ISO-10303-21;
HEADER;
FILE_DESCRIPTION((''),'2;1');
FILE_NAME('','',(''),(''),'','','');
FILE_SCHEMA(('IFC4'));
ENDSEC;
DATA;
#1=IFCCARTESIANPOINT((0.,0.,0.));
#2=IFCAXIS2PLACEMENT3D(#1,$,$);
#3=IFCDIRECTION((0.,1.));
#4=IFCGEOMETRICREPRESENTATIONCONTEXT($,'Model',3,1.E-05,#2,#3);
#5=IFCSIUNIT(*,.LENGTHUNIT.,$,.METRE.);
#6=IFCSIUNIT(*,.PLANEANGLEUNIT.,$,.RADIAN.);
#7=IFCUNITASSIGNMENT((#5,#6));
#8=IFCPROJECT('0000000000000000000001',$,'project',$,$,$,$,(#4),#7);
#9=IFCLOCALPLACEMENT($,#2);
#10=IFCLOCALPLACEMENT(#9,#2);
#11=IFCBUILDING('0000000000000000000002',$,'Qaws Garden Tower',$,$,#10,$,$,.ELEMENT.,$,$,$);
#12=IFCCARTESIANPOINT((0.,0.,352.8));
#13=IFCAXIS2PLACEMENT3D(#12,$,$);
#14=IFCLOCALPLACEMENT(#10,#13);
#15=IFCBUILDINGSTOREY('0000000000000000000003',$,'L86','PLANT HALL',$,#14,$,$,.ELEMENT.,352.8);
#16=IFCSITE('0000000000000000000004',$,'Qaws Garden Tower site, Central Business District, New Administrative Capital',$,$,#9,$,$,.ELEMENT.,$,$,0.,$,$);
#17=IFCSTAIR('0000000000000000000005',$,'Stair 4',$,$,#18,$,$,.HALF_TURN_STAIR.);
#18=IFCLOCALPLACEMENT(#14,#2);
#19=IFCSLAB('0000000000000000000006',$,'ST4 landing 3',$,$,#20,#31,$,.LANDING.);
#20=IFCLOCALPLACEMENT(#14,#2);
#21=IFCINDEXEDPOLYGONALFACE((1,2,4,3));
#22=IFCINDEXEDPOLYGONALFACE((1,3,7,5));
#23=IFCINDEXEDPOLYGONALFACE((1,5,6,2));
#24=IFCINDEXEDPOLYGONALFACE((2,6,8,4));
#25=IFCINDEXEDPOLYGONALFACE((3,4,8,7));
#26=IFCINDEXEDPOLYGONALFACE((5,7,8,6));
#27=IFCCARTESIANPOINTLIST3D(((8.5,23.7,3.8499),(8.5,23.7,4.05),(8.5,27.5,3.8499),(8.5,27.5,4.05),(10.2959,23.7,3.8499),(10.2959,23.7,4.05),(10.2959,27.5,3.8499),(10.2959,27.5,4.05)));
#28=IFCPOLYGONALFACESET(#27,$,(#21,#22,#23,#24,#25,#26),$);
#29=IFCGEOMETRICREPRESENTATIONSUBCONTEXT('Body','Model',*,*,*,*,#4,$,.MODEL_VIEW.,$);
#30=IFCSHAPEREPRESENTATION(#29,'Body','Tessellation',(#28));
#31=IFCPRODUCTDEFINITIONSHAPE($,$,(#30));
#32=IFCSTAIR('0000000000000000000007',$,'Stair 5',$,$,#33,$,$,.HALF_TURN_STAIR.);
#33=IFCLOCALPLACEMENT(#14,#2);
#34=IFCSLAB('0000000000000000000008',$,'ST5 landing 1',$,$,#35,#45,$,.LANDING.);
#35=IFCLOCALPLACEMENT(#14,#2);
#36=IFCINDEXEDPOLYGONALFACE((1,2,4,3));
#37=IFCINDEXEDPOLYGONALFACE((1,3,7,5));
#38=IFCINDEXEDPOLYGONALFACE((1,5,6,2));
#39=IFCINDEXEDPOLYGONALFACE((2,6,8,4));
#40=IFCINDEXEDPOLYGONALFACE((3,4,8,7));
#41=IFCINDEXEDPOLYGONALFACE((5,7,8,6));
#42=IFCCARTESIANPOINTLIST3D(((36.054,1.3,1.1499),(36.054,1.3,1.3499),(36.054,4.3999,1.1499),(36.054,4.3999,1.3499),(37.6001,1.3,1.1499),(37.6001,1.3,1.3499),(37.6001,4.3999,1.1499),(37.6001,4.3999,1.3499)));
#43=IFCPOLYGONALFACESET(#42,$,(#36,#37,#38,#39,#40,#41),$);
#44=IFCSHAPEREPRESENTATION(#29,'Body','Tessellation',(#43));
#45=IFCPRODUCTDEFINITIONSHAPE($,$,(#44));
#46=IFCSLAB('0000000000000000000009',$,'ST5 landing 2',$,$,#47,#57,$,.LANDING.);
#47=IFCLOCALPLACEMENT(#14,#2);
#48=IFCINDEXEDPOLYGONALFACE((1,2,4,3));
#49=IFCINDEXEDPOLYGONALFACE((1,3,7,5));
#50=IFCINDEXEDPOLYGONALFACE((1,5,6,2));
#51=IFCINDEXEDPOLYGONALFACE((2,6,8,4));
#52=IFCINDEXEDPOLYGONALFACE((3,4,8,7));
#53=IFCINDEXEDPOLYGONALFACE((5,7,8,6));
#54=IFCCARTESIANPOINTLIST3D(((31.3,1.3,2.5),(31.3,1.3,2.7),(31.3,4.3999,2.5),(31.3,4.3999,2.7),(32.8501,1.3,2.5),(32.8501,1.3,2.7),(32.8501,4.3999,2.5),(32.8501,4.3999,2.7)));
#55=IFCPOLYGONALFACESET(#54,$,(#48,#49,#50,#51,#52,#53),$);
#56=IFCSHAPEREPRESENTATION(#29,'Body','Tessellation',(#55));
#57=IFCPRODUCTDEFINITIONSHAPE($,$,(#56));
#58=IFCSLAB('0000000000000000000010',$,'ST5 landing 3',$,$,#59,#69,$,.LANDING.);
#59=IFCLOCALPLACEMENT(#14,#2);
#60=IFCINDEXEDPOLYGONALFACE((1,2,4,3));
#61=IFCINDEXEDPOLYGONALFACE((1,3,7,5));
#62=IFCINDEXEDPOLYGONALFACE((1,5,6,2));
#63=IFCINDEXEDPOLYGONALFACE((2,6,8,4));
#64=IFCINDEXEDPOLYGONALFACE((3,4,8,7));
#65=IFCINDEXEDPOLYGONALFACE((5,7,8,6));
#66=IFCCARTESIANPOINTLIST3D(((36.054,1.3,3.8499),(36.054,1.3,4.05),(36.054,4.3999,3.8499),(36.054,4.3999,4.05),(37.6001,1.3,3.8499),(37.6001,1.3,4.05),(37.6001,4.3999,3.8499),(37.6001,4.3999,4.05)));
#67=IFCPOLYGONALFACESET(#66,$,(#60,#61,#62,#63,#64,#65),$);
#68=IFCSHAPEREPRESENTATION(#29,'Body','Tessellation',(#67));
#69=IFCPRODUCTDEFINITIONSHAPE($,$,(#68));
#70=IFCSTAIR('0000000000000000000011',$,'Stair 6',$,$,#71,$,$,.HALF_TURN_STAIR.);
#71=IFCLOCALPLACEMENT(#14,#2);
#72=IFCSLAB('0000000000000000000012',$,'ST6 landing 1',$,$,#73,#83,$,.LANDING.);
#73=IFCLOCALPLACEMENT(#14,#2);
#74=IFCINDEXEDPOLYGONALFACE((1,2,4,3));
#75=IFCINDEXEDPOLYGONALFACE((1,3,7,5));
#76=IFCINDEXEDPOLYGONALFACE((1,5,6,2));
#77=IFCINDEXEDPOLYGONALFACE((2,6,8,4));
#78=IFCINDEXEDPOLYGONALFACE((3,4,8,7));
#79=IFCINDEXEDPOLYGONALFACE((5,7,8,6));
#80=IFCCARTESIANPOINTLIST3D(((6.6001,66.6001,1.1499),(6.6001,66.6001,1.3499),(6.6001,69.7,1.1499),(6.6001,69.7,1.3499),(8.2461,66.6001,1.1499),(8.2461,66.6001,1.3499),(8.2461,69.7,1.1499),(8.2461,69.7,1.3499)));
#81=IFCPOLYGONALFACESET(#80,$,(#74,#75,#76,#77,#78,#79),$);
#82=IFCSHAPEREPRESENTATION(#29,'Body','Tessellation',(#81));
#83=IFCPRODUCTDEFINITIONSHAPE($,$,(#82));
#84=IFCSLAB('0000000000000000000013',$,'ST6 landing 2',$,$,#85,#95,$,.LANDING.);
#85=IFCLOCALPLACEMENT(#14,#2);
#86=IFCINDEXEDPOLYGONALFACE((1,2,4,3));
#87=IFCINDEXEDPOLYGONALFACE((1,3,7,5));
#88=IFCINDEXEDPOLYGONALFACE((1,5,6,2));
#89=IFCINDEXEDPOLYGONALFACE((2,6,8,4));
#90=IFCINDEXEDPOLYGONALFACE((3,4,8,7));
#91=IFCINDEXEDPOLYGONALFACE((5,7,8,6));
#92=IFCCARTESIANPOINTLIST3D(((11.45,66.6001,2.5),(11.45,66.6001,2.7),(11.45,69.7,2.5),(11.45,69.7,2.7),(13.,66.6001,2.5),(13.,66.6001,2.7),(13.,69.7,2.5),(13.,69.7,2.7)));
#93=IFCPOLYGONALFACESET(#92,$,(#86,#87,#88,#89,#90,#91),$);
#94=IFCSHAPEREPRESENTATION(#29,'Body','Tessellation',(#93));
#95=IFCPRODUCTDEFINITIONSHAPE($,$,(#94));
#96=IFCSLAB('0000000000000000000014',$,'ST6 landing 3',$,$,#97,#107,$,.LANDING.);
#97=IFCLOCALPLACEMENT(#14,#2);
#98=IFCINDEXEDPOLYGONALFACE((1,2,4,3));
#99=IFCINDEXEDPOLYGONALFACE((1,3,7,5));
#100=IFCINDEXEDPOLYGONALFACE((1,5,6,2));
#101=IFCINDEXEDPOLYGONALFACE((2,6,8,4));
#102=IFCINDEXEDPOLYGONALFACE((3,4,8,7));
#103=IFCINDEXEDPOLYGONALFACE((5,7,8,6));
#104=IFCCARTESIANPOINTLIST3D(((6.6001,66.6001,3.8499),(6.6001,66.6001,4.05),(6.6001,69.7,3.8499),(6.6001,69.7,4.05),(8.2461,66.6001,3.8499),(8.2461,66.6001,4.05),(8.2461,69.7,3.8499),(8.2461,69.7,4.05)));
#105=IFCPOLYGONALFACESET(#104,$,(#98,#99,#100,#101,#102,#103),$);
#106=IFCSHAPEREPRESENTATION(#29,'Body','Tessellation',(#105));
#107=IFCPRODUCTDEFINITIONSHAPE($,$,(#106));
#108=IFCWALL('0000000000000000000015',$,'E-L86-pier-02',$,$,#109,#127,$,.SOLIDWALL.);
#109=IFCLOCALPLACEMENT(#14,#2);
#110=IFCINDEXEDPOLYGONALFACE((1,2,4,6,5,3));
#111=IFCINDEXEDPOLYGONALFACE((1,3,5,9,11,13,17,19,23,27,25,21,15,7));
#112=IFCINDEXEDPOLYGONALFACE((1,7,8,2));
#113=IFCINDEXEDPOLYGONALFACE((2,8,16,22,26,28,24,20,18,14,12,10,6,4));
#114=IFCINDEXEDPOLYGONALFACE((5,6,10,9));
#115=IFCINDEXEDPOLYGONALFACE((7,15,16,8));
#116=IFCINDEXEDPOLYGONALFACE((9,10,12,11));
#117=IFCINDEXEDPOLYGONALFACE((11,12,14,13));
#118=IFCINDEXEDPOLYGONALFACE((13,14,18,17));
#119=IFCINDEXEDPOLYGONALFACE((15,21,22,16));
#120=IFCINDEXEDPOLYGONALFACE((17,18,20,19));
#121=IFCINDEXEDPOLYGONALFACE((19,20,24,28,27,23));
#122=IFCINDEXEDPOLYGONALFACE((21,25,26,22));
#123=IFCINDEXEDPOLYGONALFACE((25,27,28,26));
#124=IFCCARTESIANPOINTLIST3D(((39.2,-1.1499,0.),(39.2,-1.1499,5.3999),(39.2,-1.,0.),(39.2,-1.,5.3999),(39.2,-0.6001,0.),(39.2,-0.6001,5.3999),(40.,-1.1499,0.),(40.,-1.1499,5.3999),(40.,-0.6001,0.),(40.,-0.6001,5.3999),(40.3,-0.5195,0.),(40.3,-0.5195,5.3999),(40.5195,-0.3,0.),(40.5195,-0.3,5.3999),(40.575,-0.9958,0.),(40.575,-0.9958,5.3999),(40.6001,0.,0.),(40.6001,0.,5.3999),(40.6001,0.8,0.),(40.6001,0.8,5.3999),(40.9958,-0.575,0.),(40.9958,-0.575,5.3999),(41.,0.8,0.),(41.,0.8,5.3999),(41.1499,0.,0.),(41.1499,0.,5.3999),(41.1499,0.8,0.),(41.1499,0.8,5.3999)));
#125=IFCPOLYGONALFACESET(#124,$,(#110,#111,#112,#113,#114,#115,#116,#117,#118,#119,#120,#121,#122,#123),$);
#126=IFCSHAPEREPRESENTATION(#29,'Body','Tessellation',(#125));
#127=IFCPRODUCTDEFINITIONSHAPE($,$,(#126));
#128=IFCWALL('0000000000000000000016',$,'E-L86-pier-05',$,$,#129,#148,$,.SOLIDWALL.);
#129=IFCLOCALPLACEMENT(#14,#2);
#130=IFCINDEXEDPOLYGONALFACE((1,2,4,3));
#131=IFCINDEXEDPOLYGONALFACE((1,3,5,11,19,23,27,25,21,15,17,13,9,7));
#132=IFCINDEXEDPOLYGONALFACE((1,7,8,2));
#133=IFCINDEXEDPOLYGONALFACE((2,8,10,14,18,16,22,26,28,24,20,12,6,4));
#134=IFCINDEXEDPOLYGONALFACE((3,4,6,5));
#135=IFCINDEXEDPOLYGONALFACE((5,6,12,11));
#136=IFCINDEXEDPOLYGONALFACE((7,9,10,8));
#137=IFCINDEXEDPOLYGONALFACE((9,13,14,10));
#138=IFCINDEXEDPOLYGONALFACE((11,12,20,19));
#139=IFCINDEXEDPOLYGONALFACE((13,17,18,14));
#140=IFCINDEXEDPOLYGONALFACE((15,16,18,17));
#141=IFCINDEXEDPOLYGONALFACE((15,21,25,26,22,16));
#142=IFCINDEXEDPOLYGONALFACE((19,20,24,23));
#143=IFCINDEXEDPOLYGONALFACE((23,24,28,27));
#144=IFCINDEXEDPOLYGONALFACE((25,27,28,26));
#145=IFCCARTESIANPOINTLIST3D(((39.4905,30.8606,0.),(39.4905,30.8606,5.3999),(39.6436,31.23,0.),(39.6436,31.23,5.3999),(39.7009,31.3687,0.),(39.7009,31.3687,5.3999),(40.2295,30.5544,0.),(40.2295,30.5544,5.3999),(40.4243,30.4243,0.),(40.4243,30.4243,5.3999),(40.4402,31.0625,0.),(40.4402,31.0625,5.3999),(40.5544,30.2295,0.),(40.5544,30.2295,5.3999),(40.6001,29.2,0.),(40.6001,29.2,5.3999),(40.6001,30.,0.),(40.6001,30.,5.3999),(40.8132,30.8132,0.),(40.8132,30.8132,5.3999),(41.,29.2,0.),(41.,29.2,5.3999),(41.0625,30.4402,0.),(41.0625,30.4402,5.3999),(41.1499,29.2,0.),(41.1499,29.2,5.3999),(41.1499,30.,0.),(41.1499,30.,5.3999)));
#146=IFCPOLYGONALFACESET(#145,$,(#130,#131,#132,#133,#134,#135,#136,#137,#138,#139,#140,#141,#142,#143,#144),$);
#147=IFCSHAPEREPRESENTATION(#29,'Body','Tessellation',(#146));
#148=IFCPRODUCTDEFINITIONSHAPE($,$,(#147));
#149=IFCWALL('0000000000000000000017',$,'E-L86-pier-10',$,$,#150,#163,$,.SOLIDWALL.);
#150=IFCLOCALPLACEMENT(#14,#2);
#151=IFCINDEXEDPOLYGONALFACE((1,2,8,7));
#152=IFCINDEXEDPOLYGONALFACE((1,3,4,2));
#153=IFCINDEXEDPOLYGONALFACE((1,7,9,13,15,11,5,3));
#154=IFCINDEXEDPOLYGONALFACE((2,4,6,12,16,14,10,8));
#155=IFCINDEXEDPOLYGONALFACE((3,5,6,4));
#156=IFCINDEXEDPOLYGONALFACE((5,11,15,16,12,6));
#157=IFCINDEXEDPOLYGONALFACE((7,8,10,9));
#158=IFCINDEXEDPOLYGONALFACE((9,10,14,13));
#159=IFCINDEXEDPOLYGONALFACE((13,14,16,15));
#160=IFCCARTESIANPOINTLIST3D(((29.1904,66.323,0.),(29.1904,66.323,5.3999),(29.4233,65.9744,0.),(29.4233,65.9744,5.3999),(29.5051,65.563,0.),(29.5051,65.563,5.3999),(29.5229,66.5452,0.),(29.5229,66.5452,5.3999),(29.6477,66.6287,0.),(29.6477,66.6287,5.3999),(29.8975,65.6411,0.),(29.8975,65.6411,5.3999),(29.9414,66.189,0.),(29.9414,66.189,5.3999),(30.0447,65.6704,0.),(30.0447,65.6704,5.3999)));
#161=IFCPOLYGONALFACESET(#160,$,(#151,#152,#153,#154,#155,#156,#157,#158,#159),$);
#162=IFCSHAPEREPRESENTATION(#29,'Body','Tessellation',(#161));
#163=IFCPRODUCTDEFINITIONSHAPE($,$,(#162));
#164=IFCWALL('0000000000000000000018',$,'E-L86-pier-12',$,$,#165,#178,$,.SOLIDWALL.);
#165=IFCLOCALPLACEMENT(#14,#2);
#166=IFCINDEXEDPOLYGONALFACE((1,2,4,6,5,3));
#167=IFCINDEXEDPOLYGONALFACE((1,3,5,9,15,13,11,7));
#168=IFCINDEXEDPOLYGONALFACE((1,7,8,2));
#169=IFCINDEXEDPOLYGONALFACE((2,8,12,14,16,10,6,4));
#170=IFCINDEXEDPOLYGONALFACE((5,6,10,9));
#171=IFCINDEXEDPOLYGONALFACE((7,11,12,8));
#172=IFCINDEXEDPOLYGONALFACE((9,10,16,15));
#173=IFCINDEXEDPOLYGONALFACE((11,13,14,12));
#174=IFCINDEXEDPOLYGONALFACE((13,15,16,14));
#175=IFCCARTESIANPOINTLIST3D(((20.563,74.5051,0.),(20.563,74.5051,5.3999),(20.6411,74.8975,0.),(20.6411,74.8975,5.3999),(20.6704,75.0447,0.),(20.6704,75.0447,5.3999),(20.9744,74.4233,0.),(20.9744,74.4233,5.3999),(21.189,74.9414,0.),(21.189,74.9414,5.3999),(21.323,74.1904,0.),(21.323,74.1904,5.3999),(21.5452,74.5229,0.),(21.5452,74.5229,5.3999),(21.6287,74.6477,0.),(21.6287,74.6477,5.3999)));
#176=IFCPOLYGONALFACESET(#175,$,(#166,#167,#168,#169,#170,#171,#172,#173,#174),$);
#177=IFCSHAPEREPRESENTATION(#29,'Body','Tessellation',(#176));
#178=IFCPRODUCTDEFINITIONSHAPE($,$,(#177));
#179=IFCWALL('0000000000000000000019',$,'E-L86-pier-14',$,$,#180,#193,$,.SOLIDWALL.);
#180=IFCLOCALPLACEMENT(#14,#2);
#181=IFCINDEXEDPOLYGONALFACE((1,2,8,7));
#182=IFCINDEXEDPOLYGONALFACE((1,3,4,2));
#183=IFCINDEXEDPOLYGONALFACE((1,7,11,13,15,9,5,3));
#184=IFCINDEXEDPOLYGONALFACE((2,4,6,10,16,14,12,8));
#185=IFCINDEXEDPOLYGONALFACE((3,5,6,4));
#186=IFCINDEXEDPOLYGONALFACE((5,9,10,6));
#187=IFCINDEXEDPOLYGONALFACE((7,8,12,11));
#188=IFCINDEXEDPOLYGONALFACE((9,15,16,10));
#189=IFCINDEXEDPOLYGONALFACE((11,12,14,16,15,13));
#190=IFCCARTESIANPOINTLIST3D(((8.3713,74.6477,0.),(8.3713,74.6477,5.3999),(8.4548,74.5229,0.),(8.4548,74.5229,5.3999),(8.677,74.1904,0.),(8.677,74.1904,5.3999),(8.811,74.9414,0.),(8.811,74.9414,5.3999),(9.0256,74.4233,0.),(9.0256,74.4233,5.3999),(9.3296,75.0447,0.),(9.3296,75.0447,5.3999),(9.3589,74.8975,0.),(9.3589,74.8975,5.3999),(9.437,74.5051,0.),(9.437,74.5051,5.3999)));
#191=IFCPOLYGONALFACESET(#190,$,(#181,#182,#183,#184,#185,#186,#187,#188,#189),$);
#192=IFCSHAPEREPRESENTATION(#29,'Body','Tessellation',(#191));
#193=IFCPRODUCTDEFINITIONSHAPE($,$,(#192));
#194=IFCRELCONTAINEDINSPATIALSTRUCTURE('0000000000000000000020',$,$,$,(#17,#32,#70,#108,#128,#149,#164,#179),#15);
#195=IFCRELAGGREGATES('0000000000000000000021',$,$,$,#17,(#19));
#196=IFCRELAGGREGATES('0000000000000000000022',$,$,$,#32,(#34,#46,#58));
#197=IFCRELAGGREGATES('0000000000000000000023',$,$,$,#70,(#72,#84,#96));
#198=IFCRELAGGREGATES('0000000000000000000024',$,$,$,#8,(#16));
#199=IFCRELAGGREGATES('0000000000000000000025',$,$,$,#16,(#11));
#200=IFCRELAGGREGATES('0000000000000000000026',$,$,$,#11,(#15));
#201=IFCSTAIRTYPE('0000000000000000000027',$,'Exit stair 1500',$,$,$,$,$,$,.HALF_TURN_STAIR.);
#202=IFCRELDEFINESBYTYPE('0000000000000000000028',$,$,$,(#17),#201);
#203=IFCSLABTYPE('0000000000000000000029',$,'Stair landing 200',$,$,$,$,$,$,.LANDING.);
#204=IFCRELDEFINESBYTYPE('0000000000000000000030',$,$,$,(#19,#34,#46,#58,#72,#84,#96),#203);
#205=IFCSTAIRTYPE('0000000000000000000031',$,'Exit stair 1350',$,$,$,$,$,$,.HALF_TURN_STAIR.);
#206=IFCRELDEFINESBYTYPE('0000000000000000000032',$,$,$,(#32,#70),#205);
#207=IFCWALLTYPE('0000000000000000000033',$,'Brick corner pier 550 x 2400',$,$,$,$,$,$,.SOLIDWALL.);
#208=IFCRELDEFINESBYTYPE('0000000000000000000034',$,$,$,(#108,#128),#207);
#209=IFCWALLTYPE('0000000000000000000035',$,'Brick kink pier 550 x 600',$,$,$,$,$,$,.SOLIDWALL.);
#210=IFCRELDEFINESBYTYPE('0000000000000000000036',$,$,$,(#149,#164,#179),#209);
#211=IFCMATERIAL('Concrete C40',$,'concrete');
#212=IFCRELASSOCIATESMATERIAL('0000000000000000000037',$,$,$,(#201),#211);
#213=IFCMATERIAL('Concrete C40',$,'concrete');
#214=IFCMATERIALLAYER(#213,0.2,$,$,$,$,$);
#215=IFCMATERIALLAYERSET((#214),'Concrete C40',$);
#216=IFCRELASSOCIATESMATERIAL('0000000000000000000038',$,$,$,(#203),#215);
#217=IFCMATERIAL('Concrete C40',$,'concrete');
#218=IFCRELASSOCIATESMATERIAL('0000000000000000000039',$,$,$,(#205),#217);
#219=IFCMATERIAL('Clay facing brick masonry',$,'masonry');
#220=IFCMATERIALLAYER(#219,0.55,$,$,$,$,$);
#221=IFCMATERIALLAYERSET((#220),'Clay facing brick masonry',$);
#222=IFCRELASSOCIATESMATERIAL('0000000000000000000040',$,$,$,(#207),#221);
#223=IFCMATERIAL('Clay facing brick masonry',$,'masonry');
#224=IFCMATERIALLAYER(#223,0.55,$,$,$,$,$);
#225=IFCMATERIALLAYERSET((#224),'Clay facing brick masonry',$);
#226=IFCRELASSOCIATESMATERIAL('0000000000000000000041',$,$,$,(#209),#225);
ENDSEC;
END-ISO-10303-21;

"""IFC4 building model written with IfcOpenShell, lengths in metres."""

from ifc_helpers import new_model, si_unit, direction, frame, origin, place, context, subcontext, project, spatial, polyline, outline, extrude, material, layer, layer_set, type_object, element, aggregate, save


model = new_model("IFC4")

# Units and contexts
model_context = context("Model", 3, precision=1e-05, world=origin(), true_north=direction((0.0, 1.0)))
body_context = subcontext(model_context, "Body", "Model", "MODEL_VIEW")
ifc_project = project(units=[si_unit("LENGTHUNIT", "METRE"), si_unit("PLANEANGLEUNIT", "RADIAN")], contexts=[model_context])

# Site, building, storey
site_placement = place(None, origin())
site = spatial("IfcSite", under=ifc_project, at=site_placement, Name="Qaws Garden Tower site, Central Business District, New Administrative Capital", CompositionType="ELEMENT", RefElevation=0.0)
building_placement = place(site_placement, origin())
building = spatial("IfcBuilding", under=site, at=building_placement, Name="Qaws Garden Tower", CompositionType="ELEMENT")
storey_placement = place(building_placement, frame((0.0, 0.0, 352.8)))
storey = spatial("IfcBuildingStorey", under=building, at=storey_placement, Name="L86", Description="PLANT HALL", CompositionType="ELEMENT", Elevation=352.8)

# Stairs, slabs
ifc_material_1 = material(Name="Concrete C40", Category="concrete")
stair_type_1 = type_object("IfcStairType", Name="Exit stair 1500", PredefinedType="HALF_TURN_STAIR", material=ifc_material_1)
placement_1 = place(storey_placement, origin())
ifc_material_2 = material(Name="Concrete C40", Category="concrete")
ifc_layer_1 = layer(ifc_material_2, 0.2)
ifc_layer_set_1 = layer_set([ifc_layer_1], Name="Concrete C40")
slab_type_1 = type_object("IfcSlabType", Name="Stair landing 200", PredefinedType="LANDING", material=ifc_layer_set_1)
placement_2 = place(storey_placement, frame((0.0, 0.0, 1.1499)))
placement_3 = place(storey_placement, frame((0.0, 0.0, 2.5)))
placement_4 = place(storey_placement, frame((0.0, 0.0, 3.8499)))
stair_1 = element("IfcStair", 1, at=placement_1, inside=storey, type_object=stair_type_1, Name="Stair 4", PredefinedType="HALF_TURN_STAIR")
slab_1 = element("IfcSlab", 2, at=placement_4, type_object=slab_type_1, Name="ST4 landing 3", PredefinedType="LANDING", context=body_context, shape_type="SweptSolid", body=[
    extrude(outline(polyline([(8.5, 23.7), (10.2959, 23.7), (10.2959, 27.5), (8.5, 27.5), (8.5, 23.7)])), origin(), (0.0, 0.0, 1.0), 0.2002),
])
aggregate(stair_1, [slab_1])
ifc_material_3 = material(Name="Concrete C40", Category="concrete")
stair_type_2 = type_object("IfcStairType", Name="Exit stair 1350", PredefinedType="HALF_TURN_STAIR", material=ifc_material_3)
stair_2 = element("IfcStair", 3, at=placement_1, inside=storey, type_object=stair_type_2, Name="Stair 5", PredefinedType="HALF_TURN_STAIR")
slab_2 = element("IfcSlab", 4, at=placement_2, type_object=slab_type_1, Name="ST5 landing 1", PredefinedType="LANDING", context=body_context, shape_type="SweptSolid", body=[
    extrude(outline(polyline([(36.054, 1.3), (37.6001, 1.3), (37.6001, 4.3999), (36.054, 4.3999), (36.054, 1.3)])), origin(), (0.0, 0.0, 1.0), 0.2),
])
slab_3 = element("IfcSlab", 5, at=placement_3, type_object=slab_type_1, Name="ST5 landing 2", PredefinedType="LANDING", context=body_context, shape_type="SweptSolid", body=[
    extrude(outline(polyline([(31.3, 1.3), (32.8501, 1.3), (32.8501, 4.3999), (31.3, 4.3999), (31.3, 1.3)])), origin(), (0.0, 0.0, 1.0), 0.2),
])
slab_4 = element("IfcSlab", 6, at=placement_4, type_object=slab_type_1, Name="ST5 landing 3", PredefinedType="LANDING", context=body_context, shape_type="SweptSolid", body=[
    extrude(outline(polyline([(36.054, 1.3), (37.6001, 1.3), (37.6001, 4.3999), (36.054, 4.3999), (36.054, 1.3)])), origin(), (0.0, 0.0, 1.0), 0.2002),
])
aggregate(stair_2, [slab_2, slab_3, slab_4])
stair_3 = element("IfcStair", 7, at=placement_1, inside=storey, type_object=stair_type_2, Name="Stair 6", PredefinedType="HALF_TURN_STAIR")
slab_5 = element("IfcSlab", 8, at=placement_2, type_object=slab_type_1, Name="ST6 landing 1", PredefinedType="LANDING", context=body_context, shape_type="SweptSolid", body=[
    extrude(outline(polyline([(6.6001, 66.6001), (8.2461, 66.6001), (8.2461, 69.7), (6.6001, 69.7), (6.6001, 66.6001)])), origin(), (0.0, 0.0, 1.0), 0.2),
])
slab_6 = element("IfcSlab", 9, at=placement_3, type_object=slab_type_1, Name="ST6 landing 2", PredefinedType="LANDING", context=body_context, shape_type="SweptSolid", body=[
    extrude(outline(polyline([(11.45, 66.6001), (13.0, 66.6001), (13.0, 69.7), (11.45, 69.7), (11.45, 66.6001)])), origin(), (0.0, 0.0, 1.0), 0.2),
])
slab_7 = element("IfcSlab", 10, at=placement_4, type_object=slab_type_1, Name="ST6 landing 3", PredefinedType="LANDING", context=body_context, shape_type="SweptSolid", body=[
    extrude(outline(polyline([(6.6001, 66.6001), (8.2461, 66.6001), (8.2461, 69.7), (6.6001, 69.7), (6.6001, 66.6001)])), origin(), (0.0, 0.0, 1.0), 0.2002),
])
aggregate(stair_3, [slab_5, slab_6, slab_7])

# Walls
ifc_material_4 = material(Name="Clay facing brick masonry", Category="masonry")
ifc_layer_2 = layer(ifc_material_4, 0.55)
ifc_layer_set_2 = layer_set([ifc_layer_2], Name="Clay facing brick masonry")
wall_type_1 = type_object("IfcWallType", Name="Brick corner pier 550 x 2400", PredefinedType="SOLIDWALL", material=ifc_layer_set_2)
element("IfcWall", 11, at=placement_1, inside=storey, type_object=wall_type_1, Name="E-L86-pier-02", PredefinedType="SOLIDWALL", context=body_context, shape_type="SweptSolid", body=[
    extrude(outline(polyline([(39.2, -1.0), (39.2, -1.1499), (40.0, -1.1499), (40.575, -0.9958), (40.9958, -0.575), (41.1499, 0.0), (41.1499, 0.8), (41.0, 0.8), (40.6001, 0.8), (40.6001, 0.0), (40.5195, -0.3), (40.3, -0.5195), (40.0, -0.6001), (39.2, -0.6001), (39.2, -1.0)])), origin(), (0.0, 0.0, 1.0), 5.3999),
])
element("IfcWall", 12, at=placement_1, inside=storey, type_object=wall_type_1, Name="E-L86-pier-05", PredefinedType="SOLIDWALL", context=body_context, shape_type="SweptSolid", body=[
    extrude(outline(polyline([(41.0, 29.2), (41.1499, 29.2), (41.1499, 30.0), (41.0625, 30.4402), (40.8132, 30.8132), (40.4402, 31.0625), (39.7009, 31.3687), (39.6436, 31.23), (39.4905, 30.8606), (40.2295, 30.5544), (40.4243, 30.4243), (40.5544, 30.2295), (40.6001, 30.0), (40.6001, 29.2), (41.0, 29.2)])), origin(), (0.0, 0.0, 1.0), 5.3999),
])
ifc_material_5 = material(Name="Clay facing brick masonry", Category="masonry")
ifc_layer_3 = layer(ifc_material_5, 0.55)
ifc_layer_set_3 = layer_set([ifc_layer_3], Name="Clay facing brick masonry")
wall_type_2 = type_object("IfcWallType", Name="Brick kink pier 550 x 600", PredefinedType="SOLIDWALL", material=ifc_layer_set_3)
element("IfcWall", 13, at=placement_1, inside=storey, type_object=wall_type_2, Name="E-L86-pier-10", PredefinedType="SOLIDWALL", context=body_context, shape_type="SweptSolid", body=[
    extrude(outline(polyline([(29.8975, 65.6411), (30.0447, 65.6704), (29.9414, 66.189), (29.6477, 66.6287), (29.5229, 66.5452), (29.1904, 66.323), (29.4233, 65.9744), (29.5051, 65.563), (29.8975, 65.6411)])), origin(), (0.0, 0.0, 1.0), 5.3999),
])
element("IfcWall", 14, at=placement_1, inside=storey, type_object=wall_type_2, Name="E-L86-pier-12", PredefinedType="SOLIDWALL", context=body_context, shape_type="SweptSolid", body=[
    extrude(outline(polyline([(21.5452, 74.5229), (21.6287, 74.6477), (21.189, 74.9414), (20.6704, 75.0447), (20.6411, 74.8975), (20.563, 74.5051), (20.9744, 74.4233), (21.323, 74.1904), (21.5452, 74.5229)])), origin(), (0.0, 0.0, 1.0), 5.3999),
])
element("IfcWall", 15, at=placement_1, inside=storey, type_object=wall_type_2, Name="E-L86-pier-14", PredefinedType="SOLIDWALL", context=body_context, shape_type="SweptSolid", body=[
    extrude(outline(polyline([(9.3589, 74.8975), (9.3296, 75.0447), (8.811, 74.9414), (8.3713, 74.6477), (8.4548, 74.5229), (8.677, 74.1904), (9.0256, 74.4233), (9.437, 74.5051), (9.3589, 74.8975)])), origin(), (0.0, 0.0, 1.0), 5.3999),
])

save(model, "model.ifc")
